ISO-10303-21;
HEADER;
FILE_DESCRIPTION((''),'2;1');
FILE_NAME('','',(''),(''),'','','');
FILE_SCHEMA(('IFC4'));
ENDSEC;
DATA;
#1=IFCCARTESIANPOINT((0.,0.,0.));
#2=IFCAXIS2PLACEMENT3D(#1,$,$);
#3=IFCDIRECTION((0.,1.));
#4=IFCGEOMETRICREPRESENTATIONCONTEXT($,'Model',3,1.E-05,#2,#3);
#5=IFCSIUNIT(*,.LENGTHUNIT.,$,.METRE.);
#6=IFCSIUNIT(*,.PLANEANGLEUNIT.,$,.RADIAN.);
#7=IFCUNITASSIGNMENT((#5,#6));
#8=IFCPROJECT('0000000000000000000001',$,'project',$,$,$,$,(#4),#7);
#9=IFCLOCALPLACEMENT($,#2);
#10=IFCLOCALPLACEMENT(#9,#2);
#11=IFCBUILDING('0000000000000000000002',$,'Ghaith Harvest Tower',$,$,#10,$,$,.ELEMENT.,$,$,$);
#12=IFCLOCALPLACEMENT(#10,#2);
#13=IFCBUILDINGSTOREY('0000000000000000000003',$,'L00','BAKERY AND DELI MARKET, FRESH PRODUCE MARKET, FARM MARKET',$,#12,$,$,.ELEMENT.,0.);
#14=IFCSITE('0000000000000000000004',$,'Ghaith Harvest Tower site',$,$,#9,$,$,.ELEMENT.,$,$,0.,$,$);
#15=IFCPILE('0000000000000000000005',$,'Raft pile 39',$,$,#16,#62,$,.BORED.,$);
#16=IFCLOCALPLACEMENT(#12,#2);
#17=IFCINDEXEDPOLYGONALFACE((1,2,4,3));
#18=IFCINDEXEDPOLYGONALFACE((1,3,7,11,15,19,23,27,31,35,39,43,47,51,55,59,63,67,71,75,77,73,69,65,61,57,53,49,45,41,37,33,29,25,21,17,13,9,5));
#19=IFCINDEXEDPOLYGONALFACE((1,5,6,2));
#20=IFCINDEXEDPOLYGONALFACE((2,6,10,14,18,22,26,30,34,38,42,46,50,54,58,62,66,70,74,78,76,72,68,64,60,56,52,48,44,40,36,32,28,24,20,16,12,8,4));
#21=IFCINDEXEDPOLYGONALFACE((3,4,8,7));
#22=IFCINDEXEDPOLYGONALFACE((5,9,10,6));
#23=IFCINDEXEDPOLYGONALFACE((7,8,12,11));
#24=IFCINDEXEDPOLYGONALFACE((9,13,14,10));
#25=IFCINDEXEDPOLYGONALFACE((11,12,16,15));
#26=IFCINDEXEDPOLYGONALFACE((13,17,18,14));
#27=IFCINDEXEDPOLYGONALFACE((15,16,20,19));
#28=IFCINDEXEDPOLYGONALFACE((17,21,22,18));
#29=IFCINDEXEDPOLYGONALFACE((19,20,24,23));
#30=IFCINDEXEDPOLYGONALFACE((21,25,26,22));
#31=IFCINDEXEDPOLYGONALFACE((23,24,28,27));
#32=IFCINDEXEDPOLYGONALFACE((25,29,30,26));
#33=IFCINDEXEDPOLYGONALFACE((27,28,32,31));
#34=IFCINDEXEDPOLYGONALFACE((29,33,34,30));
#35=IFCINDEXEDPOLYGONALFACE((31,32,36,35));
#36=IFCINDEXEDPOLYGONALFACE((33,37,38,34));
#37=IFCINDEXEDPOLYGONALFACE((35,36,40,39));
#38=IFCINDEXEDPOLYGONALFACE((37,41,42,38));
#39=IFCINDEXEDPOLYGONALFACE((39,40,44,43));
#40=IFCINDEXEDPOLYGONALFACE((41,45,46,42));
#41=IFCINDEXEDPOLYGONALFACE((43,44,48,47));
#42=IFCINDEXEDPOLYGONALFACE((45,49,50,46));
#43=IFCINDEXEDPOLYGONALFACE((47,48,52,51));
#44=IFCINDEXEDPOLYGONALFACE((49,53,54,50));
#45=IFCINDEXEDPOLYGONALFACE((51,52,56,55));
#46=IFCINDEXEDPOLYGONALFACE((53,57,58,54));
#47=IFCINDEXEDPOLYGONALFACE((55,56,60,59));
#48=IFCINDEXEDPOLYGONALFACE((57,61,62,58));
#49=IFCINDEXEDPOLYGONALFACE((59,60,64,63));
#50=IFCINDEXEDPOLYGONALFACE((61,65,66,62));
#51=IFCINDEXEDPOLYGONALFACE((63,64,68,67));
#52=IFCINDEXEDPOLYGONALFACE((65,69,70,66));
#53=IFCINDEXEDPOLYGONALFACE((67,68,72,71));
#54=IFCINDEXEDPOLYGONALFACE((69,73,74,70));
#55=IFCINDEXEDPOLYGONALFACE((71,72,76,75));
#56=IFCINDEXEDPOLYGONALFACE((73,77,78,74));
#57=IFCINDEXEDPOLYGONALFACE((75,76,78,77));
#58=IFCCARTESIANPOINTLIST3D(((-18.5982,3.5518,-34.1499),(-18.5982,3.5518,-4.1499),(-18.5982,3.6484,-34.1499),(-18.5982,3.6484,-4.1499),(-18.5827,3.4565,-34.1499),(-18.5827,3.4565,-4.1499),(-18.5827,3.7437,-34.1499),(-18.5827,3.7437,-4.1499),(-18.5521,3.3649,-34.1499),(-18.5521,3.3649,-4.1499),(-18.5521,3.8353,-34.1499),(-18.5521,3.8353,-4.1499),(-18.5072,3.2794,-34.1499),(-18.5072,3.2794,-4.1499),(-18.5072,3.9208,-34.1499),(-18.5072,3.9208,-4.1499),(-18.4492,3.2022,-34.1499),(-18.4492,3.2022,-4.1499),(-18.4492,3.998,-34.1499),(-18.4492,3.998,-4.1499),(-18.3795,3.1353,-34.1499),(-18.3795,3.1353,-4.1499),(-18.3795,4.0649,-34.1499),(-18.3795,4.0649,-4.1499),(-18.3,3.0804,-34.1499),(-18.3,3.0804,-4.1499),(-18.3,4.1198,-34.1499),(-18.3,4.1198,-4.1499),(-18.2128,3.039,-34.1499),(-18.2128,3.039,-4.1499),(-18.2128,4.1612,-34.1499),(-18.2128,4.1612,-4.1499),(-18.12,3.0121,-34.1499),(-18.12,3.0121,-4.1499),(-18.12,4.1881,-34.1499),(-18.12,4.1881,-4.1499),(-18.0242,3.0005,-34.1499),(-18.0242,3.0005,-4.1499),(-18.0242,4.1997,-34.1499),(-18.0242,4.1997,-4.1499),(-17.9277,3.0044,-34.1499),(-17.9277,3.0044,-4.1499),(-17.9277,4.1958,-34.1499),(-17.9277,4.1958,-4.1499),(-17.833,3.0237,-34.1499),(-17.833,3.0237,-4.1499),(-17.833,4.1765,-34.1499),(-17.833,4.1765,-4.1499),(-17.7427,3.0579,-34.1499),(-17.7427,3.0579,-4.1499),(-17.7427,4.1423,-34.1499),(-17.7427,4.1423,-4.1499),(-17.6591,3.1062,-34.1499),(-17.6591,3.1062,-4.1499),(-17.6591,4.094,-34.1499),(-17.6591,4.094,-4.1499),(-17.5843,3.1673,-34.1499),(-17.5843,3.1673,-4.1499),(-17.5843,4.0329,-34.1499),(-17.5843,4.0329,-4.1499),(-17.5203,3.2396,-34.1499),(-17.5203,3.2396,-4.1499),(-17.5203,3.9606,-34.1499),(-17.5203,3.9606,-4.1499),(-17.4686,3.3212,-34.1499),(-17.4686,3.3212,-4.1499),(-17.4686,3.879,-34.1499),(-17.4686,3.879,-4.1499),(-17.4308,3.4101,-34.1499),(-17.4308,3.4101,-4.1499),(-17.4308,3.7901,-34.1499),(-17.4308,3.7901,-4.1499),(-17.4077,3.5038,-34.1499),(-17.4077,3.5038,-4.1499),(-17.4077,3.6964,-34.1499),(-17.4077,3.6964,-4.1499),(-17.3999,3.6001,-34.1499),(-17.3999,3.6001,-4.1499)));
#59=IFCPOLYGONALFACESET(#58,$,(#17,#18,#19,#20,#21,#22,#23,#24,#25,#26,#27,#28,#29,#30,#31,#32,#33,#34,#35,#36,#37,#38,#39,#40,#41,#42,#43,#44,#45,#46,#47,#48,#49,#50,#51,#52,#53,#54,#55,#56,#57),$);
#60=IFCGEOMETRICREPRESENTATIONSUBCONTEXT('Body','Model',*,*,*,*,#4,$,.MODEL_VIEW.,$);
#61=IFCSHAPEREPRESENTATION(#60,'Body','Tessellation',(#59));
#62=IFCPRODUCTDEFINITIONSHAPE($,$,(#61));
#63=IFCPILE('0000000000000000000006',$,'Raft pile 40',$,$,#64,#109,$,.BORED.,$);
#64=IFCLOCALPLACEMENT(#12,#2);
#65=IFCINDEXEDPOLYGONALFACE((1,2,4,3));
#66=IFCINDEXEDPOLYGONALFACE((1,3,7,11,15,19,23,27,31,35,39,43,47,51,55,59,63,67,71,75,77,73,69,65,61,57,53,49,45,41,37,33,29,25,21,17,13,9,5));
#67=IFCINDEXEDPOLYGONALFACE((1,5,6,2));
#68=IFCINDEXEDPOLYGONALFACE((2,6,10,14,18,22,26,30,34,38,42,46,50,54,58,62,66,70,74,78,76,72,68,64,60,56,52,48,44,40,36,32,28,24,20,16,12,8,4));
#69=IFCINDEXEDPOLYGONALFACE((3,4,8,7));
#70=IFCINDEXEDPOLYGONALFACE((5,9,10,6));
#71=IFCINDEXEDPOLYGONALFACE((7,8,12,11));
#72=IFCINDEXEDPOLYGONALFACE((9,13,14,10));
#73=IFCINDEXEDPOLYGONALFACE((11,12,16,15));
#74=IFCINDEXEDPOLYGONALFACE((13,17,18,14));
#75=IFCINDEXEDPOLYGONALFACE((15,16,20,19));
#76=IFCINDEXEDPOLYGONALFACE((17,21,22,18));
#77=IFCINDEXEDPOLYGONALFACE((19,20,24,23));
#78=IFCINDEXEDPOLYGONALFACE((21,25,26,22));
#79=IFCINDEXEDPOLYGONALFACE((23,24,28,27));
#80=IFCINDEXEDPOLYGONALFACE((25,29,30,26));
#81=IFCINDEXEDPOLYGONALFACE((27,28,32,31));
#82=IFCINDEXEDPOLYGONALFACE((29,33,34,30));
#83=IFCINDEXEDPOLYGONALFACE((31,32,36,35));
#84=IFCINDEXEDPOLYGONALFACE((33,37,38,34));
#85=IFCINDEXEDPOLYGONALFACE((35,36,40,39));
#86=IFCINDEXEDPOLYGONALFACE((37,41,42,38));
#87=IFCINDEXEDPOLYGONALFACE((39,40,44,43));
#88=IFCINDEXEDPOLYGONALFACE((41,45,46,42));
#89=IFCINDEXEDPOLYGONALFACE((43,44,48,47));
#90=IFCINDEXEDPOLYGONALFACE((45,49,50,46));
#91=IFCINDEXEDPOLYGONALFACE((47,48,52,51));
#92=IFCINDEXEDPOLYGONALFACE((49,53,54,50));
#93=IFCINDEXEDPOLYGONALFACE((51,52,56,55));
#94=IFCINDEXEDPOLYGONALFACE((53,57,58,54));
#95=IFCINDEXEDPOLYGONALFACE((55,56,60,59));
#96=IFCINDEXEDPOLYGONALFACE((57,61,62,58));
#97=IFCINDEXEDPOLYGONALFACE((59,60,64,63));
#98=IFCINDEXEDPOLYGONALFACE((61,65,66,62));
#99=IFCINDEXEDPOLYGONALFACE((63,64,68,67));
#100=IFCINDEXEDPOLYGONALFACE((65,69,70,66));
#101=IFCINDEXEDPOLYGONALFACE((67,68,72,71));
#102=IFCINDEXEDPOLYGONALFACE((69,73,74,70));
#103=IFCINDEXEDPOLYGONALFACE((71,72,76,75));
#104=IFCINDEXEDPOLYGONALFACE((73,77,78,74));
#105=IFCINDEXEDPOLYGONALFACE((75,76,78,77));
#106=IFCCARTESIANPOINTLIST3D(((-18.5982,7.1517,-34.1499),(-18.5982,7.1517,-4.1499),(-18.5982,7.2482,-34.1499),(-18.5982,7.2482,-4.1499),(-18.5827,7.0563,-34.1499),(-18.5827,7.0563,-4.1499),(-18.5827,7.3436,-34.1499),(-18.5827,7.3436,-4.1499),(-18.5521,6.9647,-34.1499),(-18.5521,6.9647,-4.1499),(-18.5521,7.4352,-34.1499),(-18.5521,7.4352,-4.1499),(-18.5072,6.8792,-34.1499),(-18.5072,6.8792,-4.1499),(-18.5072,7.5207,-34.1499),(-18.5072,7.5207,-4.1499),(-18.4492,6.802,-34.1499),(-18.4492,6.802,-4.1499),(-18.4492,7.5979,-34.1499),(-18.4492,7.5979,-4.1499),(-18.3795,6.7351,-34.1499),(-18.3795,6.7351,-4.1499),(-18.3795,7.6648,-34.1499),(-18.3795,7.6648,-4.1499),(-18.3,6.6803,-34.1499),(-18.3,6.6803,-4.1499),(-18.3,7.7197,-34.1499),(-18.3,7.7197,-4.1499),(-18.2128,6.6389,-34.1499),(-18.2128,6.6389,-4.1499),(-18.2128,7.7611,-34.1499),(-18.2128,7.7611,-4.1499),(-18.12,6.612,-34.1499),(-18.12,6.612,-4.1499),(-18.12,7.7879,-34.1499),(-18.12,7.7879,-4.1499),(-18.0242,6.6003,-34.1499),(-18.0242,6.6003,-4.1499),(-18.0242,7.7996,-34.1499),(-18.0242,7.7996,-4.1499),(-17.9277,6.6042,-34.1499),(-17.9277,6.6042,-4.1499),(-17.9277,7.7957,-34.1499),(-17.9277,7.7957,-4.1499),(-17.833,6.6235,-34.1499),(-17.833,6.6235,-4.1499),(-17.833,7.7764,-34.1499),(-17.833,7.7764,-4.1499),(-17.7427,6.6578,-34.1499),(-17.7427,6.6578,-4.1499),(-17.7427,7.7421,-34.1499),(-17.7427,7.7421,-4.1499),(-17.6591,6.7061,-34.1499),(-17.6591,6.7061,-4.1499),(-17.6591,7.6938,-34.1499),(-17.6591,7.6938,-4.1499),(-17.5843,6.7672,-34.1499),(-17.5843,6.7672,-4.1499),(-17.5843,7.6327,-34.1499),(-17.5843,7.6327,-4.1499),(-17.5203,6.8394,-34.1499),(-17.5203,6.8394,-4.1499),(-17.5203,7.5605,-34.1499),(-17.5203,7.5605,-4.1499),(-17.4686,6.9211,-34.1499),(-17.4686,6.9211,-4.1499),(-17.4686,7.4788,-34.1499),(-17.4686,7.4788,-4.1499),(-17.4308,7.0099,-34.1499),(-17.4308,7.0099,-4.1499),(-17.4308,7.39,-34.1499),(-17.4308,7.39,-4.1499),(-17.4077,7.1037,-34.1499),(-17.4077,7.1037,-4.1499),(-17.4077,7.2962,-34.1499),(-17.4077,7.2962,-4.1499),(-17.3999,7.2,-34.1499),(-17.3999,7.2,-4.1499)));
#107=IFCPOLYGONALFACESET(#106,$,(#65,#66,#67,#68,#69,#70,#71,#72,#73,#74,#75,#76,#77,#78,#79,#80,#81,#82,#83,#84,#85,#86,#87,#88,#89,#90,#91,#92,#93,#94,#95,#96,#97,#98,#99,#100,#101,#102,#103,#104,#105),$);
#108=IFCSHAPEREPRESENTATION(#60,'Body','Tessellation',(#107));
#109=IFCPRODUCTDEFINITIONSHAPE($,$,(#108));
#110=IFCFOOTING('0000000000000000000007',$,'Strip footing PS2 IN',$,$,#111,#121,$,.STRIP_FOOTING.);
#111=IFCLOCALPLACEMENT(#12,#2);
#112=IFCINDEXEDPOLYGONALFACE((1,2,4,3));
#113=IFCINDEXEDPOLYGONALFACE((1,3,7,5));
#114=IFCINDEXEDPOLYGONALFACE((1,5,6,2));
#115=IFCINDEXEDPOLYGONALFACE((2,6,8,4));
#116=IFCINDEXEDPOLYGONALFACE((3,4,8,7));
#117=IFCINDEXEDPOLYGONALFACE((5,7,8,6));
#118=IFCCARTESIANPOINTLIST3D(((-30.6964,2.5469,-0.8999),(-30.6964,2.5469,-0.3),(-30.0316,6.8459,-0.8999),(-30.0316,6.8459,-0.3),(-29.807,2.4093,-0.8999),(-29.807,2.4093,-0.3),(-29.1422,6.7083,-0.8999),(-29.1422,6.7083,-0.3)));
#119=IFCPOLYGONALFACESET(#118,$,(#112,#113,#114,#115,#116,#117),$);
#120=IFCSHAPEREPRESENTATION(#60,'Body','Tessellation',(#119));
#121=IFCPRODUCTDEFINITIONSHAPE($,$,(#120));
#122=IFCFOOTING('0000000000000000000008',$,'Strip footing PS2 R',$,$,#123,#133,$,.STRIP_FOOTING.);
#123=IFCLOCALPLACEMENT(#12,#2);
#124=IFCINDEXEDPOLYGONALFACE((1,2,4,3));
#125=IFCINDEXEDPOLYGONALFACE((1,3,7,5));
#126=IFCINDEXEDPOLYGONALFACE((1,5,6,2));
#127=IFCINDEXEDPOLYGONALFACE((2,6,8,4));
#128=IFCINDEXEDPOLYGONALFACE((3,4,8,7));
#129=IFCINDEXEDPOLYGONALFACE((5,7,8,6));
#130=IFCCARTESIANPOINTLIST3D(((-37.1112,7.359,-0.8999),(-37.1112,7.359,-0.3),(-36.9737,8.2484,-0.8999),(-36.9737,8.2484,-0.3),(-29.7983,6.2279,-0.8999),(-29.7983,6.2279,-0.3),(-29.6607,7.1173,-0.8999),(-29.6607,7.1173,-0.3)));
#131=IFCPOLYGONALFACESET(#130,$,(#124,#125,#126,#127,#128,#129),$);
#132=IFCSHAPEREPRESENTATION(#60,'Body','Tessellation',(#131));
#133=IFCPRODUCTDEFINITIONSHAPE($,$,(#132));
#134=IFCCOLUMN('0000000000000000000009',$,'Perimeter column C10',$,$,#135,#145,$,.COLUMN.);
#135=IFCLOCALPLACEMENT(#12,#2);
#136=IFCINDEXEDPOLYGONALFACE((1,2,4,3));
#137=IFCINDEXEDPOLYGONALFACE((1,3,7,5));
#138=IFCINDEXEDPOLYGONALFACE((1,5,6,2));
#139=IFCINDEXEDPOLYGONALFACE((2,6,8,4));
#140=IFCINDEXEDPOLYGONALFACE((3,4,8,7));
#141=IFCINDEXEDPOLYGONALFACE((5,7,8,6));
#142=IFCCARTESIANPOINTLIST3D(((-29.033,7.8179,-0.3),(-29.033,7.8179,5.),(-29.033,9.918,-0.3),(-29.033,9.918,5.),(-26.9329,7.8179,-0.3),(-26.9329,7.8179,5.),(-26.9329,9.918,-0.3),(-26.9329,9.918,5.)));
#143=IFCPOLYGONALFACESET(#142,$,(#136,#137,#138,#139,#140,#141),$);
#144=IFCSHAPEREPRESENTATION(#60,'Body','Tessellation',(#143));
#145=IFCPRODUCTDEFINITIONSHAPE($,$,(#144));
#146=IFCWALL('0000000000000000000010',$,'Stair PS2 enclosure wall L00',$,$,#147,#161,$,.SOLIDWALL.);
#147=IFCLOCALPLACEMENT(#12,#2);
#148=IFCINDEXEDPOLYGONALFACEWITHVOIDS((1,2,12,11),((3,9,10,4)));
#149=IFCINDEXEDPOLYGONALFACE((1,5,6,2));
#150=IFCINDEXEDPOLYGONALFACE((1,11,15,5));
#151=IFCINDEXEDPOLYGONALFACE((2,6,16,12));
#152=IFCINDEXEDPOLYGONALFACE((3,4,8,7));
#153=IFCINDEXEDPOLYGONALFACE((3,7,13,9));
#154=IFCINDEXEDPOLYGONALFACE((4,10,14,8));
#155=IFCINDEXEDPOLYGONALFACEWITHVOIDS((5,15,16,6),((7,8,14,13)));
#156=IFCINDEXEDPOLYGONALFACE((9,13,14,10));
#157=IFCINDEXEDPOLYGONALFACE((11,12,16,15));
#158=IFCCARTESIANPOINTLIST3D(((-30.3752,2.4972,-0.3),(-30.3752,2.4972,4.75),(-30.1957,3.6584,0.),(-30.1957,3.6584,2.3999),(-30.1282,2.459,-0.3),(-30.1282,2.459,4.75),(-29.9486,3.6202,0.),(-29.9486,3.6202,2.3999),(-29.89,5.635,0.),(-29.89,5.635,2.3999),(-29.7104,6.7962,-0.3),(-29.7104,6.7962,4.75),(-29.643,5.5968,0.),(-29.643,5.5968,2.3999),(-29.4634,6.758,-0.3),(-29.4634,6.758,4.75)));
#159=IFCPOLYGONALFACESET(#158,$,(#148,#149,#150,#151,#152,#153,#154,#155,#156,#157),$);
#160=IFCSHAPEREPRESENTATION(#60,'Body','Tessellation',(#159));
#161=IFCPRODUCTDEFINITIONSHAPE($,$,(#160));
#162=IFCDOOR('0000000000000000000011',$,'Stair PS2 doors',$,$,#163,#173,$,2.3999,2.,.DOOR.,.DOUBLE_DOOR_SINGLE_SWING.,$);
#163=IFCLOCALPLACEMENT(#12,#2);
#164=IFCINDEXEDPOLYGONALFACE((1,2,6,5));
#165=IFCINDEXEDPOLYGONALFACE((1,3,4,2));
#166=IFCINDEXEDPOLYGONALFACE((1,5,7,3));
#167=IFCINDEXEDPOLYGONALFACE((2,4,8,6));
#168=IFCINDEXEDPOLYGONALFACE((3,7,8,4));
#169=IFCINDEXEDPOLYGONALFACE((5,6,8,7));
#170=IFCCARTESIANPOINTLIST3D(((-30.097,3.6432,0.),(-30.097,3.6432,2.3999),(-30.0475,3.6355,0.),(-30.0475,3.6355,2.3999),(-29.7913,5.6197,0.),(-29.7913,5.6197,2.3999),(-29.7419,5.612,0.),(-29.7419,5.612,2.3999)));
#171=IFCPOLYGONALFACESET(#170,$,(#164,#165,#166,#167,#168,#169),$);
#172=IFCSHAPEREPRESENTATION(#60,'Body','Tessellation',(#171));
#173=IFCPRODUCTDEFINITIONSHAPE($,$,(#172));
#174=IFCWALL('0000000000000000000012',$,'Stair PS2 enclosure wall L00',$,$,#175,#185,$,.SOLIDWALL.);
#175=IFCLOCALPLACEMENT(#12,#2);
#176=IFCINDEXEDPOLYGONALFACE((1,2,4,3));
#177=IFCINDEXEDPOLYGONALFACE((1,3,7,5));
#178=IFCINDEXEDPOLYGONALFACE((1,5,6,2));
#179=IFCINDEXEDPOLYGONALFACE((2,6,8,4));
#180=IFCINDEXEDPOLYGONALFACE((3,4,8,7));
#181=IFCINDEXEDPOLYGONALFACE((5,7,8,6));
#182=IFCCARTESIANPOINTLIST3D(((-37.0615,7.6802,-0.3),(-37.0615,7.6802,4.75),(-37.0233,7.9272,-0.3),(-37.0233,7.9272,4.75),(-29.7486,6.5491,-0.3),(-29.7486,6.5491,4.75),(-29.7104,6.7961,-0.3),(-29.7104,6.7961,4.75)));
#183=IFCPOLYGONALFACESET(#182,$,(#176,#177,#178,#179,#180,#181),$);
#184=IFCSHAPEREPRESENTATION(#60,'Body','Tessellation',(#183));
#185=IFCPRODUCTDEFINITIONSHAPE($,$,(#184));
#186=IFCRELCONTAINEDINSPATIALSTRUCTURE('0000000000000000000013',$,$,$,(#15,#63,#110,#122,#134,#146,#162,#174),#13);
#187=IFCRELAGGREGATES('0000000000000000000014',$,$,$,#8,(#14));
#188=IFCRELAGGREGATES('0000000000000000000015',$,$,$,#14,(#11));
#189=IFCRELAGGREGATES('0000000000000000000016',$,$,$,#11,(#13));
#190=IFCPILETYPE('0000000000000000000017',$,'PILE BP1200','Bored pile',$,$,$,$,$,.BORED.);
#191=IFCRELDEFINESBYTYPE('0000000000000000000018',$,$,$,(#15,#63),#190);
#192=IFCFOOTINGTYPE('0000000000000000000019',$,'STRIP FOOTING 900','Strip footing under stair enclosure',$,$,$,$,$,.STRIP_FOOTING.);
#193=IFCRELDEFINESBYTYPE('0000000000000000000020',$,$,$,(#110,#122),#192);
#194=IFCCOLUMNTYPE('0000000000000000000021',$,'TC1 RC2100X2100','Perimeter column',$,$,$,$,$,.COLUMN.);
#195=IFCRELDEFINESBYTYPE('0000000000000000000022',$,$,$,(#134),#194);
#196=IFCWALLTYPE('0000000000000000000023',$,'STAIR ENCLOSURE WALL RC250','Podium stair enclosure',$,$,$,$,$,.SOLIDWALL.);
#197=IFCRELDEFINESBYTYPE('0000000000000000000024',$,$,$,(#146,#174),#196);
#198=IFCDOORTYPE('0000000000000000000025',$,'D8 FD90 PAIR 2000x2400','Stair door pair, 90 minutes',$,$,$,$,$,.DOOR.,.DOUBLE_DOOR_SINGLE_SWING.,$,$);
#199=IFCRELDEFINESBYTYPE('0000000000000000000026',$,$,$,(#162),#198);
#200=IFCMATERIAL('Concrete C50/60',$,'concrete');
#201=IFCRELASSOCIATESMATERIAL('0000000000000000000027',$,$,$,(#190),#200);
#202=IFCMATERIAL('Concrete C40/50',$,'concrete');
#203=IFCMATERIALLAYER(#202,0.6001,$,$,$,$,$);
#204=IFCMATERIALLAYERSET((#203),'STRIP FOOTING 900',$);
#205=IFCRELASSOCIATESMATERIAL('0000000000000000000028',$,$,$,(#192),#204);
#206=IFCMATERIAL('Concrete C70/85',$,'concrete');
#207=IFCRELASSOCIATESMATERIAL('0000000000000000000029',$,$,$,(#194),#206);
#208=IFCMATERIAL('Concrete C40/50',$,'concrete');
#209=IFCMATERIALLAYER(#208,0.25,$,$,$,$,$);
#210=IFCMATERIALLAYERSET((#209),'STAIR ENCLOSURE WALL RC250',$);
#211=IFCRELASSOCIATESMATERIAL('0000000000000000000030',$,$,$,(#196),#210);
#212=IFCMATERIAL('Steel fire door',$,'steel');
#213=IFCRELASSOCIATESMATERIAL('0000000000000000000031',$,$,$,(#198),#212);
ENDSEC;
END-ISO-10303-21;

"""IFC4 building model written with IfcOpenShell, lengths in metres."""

from ifc_helpers import new_model, si_unit, direction, frame, frame_2d, origin, origin_2d, place, context, subcontext, project, spatial, rectangle, circle, extrude, material, layer, layer_set, material_profile, profile_set, type_object, element, fill, save


model = new_model("IFC4")

# Units and contexts
model_context = context("Model", 3, precision=1e-05, world=origin(), true_north=direction((0.0, 1.0)))
body_context = subcontext(model_context, "Body", "Model", "MODEL_VIEW")
ifc_project = project(units=[si_unit("LENGTHUNIT", "METRE"), si_unit("PLANEANGLEUNIT", "RADIAN")], contexts=[model_context])

# Site, building, storey
site_placement = place(None, origin())
site = spatial("IfcSite", under=ifc_project, at=site_placement, Name="Ghaith Harvest Tower site", CompositionType="ELEMENT", RefElevation=0.0)
building_placement = place(site_placement, origin())
building = spatial("IfcBuilding", under=site, at=building_placement, Name="Ghaith Harvest Tower", CompositionType="ELEMENT")
storey_placement = place(building_placement, origin())
storey = spatial("IfcBuildingStorey", under=building, at=storey_placement, Name="L00", Description="BAKERY AND DELI MARKET, FRESH PRODUCE MARKET, FARM MARKET", CompositionType="ELEMENT", Elevation=0.0)

# Piles
ifc_material_1 = material(Name="Concrete C50/60", Category="concrete")
ifc_material_profile_1 = material_profile(ifc_material_1, circle(Radius=0.6001, at=origin_2d()), Name="PILE1200")
ifc_profile_set_1 = profile_set([ifc_material_profile_1], Name="Concrete C50/60")
pile_type = type_object("IfcPileType", Name="PILE BP1200", Description="Bored pile", PredefinedType="BORED", material=ifc_profile_set_1)
for number, where, z_axis, x_axis, name in (
    (1, (-18.0, 3.6001, -4.1499), (0.0, 0.0, -1.0), (1.0, 0.0, 0.0), "Raft pile 39"),
    (2, (-18.0, 7.2, -4.1499), (0.0, 0.0, -1.0), (1.0, 0.0, 0.0), "Raft pile 40"),
):
    element("IfcPile", number, at=place(storey_placement, frame(where, z_axis=z_axis, x_axis=x_axis)), inside=storey, type_object=pile_type, Name=name, PredefinedType="BORED", context=body_context, shape_type="SweptSolid", body=[
        extrude(circle(Radius=0.6001, at=origin_2d()), origin(), (0.0, 0.0, 1.0), 30.0),
    ])

# Footings
ifc_material_2 = material(Name="Concrete C40/50", Category="concrete")
ifc_layer_1 = layer(ifc_material_2, 0.6001)
ifc_layer_set_1 = layer_set([ifc_layer_1], Name="STRIP FOOTING 900")
footing_type = type_object("IfcFootingType", Name="STRIP FOOTING 900", Description="Strip footing under stair enclosure", PredefinedType="STRIP_FOOTING", material=ifc_layer_set_1)
footing_1_placement = place(storey_placement, frame((-29.5869, 6.7771, -0.8999), z_axis=(0.0, 0.0, 1.0), x_axis=(-0.15282, -0.988254, 0.0)))
element("IfcFooting", 3, at=footing_1_placement, inside=storey, type_object=footing_type, Name="Strip footing PS2 IN", PredefinedType="STRIP_FOOTING", context=body_context, shape_type="SweptSolid", body=[
    extrude(rectangle(XDim=4.3501, YDim=0.8999, at=frame_2d((2.175, 0.0))), origin(), (0.0, 0.0, 1.0), 0.5999),
])
footing_2_placement = place(storey_placement, frame((-29.7295, 6.6726, -0.8999), z_axis=(0.0, 0.0, 1.0), x_axis=(-0.988249, 0.152853, 0.0)))
element("IfcFooting", 4, at=footing_2_placement, inside=storey, type_object=footing_type, Name="Strip footing PS2 R", PredefinedType="STRIP_FOOTING", context=body_context, shape_type="SweptSolid", body=[
    extrude(rectangle(XDim=7.3999, YDim=0.8999, at=frame_2d((3.7, 0.0))), origin(), (0.0, 0.0, 1.0), 0.5999),
])

# Column
ifc_material_3 = material(Name="Concrete C70/85", Category="concrete")
ifc_material_profile_2 = material_profile(ifc_material_3, rectangle(XDim=2.1001, YDim=2.1001, at=origin_2d()), Name="RC2100X2100")
ifc_profile_set_2 = profile_set([ifc_material_profile_2], Name="Concrete C70/85")
column_type = type_object("IfcColumnType", Name="TC1 RC2100X2100", Description="Perimeter column", PredefinedType="COLUMN", material=ifc_profile_set_2)
column_placement = place(storey_placement, frame((-27.9829, 8.8679, -0.3), z_axis=(0.0, 0.0, 1.0), x_axis=(1.0, 0.0, 0.0)))
element("IfcColumn", 5, at=column_placement, inside=storey, type_object=column_type, Name="Perimeter column C10", PredefinedType="COLUMN", context=body_context, shape_type="SweptSolid", body=[
    extrude(rectangle(XDim=2.1001, YDim=2.1001, at=origin_2d()), origin(), (0.0, 0.0, 1.0), 5.3),
])

# Wall, opening, door
ifc_material_4 = material(Name="Concrete C40/50", Category="concrete")
ifc_layer_2 = layer(ifc_material_4, 0.25)
ifc_layer_set_2 = layer_set([ifc_layer_2], Name="STAIR ENCLOSURE WALL RC250")
wall_type = type_object("IfcWallType", Name="STAIR ENCLOSURE WALL RC250", Description="Podium stair enclosure", PredefinedType="SOLIDWALL", material=ifc_layer_set_2)
wall_1_placement = place(storey_placement, frame((-29.5869, 6.7771, -0.3), z_axis=(0.0, 0.0, 1.0), x_axis=(-0.15282, -0.988254, 0.0)))
wall_1 = element("IfcWall", 6, at=wall_1_placement, inside=storey, type_object=wall_type, Name="Stair PS2 enclosure wall L00", PredefinedType="SOLIDWALL", context=body_context, shape_type="SweptSolid", body=[
    extrude(rectangle(XDim=4.3501, YDim=0.25, at=frame_2d((2.175, 0.0))), origin(), (0.0, 0.0, 1.0), 5.05),
])
opening_placement = place(wall_1_placement, frame((1.175, 0.0, 0.3)))
opening = element("IfcOpeningElement", 7, at=opening_placement, cuts=wall_1, PredefinedType="OPENING", context=body_context, shape_type="SweptSolid", body=[
    extrude(rectangle(XDim=2.0, YDim=2.3999, at=frame_2d((1.0, 1.2))), frame((0.0, 0.135, 0.0), z_axis=(0.0, -1.0, 0.0), x_axis=(1.0, 0.0, 0.0)), (0.0, 0.0, 1.0), 0.27),
])
ifc_material_5 = material(Name="Steel fire door", Category="steel")
door_type = type_object("IfcDoorType", Name="D8 FD90 PAIR 2000x2400", Description="Stair door pair, 90 minutes", OperationType="DOUBLE_DOOR_SINGLE_SWING", PredefinedType="DOOR", material=ifc_material_5)
door_placement = place(opening_placement, origin())
door = element("IfcDoor", 8, at=door_placement, inside=storey, type_object=door_type, Name="Stair PS2 doors", OperationType="DOUBLE_DOOR_SINGLE_SWING", OverallHeight=2.3999, OverallWidth=2.0, PredefinedType="DOOR", context=body_context, shape_type="SweptSolid", body=[
    extrude(rectangle(XDim=2.0, YDim=2.3999, at=frame_2d((1.0, 1.2))), frame((0.0, 0.0249, 0.0), z_axis=(0.0, -1.0, 0.0), x_axis=(1.0, 0.0, 0.0)), (0.0, 0.0, 1.0), 0.05),
])
fill(opening, door)

# Wall
wall_2_placement = place(storey_placement, frame((-29.7295, 6.6726, -0.3), z_axis=(0.0, 0.0, 1.0), x_axis=(-0.988249, 0.152853, 0.0)))
element("IfcWall", 9, at=wall_2_placement, inside=storey, type_object=wall_type, Name="Stair PS2 enclosure wall L00", PredefinedType="SOLIDWALL", context=body_context, shape_type="SweptSolid", body=[
    extrude(rectangle(XDim=7.3999, YDim=0.25, at=frame_2d((3.7, 0.0))), origin(), (0.0, 0.0, 1.0), 5.05),
])

save(model, "model.ifc")
